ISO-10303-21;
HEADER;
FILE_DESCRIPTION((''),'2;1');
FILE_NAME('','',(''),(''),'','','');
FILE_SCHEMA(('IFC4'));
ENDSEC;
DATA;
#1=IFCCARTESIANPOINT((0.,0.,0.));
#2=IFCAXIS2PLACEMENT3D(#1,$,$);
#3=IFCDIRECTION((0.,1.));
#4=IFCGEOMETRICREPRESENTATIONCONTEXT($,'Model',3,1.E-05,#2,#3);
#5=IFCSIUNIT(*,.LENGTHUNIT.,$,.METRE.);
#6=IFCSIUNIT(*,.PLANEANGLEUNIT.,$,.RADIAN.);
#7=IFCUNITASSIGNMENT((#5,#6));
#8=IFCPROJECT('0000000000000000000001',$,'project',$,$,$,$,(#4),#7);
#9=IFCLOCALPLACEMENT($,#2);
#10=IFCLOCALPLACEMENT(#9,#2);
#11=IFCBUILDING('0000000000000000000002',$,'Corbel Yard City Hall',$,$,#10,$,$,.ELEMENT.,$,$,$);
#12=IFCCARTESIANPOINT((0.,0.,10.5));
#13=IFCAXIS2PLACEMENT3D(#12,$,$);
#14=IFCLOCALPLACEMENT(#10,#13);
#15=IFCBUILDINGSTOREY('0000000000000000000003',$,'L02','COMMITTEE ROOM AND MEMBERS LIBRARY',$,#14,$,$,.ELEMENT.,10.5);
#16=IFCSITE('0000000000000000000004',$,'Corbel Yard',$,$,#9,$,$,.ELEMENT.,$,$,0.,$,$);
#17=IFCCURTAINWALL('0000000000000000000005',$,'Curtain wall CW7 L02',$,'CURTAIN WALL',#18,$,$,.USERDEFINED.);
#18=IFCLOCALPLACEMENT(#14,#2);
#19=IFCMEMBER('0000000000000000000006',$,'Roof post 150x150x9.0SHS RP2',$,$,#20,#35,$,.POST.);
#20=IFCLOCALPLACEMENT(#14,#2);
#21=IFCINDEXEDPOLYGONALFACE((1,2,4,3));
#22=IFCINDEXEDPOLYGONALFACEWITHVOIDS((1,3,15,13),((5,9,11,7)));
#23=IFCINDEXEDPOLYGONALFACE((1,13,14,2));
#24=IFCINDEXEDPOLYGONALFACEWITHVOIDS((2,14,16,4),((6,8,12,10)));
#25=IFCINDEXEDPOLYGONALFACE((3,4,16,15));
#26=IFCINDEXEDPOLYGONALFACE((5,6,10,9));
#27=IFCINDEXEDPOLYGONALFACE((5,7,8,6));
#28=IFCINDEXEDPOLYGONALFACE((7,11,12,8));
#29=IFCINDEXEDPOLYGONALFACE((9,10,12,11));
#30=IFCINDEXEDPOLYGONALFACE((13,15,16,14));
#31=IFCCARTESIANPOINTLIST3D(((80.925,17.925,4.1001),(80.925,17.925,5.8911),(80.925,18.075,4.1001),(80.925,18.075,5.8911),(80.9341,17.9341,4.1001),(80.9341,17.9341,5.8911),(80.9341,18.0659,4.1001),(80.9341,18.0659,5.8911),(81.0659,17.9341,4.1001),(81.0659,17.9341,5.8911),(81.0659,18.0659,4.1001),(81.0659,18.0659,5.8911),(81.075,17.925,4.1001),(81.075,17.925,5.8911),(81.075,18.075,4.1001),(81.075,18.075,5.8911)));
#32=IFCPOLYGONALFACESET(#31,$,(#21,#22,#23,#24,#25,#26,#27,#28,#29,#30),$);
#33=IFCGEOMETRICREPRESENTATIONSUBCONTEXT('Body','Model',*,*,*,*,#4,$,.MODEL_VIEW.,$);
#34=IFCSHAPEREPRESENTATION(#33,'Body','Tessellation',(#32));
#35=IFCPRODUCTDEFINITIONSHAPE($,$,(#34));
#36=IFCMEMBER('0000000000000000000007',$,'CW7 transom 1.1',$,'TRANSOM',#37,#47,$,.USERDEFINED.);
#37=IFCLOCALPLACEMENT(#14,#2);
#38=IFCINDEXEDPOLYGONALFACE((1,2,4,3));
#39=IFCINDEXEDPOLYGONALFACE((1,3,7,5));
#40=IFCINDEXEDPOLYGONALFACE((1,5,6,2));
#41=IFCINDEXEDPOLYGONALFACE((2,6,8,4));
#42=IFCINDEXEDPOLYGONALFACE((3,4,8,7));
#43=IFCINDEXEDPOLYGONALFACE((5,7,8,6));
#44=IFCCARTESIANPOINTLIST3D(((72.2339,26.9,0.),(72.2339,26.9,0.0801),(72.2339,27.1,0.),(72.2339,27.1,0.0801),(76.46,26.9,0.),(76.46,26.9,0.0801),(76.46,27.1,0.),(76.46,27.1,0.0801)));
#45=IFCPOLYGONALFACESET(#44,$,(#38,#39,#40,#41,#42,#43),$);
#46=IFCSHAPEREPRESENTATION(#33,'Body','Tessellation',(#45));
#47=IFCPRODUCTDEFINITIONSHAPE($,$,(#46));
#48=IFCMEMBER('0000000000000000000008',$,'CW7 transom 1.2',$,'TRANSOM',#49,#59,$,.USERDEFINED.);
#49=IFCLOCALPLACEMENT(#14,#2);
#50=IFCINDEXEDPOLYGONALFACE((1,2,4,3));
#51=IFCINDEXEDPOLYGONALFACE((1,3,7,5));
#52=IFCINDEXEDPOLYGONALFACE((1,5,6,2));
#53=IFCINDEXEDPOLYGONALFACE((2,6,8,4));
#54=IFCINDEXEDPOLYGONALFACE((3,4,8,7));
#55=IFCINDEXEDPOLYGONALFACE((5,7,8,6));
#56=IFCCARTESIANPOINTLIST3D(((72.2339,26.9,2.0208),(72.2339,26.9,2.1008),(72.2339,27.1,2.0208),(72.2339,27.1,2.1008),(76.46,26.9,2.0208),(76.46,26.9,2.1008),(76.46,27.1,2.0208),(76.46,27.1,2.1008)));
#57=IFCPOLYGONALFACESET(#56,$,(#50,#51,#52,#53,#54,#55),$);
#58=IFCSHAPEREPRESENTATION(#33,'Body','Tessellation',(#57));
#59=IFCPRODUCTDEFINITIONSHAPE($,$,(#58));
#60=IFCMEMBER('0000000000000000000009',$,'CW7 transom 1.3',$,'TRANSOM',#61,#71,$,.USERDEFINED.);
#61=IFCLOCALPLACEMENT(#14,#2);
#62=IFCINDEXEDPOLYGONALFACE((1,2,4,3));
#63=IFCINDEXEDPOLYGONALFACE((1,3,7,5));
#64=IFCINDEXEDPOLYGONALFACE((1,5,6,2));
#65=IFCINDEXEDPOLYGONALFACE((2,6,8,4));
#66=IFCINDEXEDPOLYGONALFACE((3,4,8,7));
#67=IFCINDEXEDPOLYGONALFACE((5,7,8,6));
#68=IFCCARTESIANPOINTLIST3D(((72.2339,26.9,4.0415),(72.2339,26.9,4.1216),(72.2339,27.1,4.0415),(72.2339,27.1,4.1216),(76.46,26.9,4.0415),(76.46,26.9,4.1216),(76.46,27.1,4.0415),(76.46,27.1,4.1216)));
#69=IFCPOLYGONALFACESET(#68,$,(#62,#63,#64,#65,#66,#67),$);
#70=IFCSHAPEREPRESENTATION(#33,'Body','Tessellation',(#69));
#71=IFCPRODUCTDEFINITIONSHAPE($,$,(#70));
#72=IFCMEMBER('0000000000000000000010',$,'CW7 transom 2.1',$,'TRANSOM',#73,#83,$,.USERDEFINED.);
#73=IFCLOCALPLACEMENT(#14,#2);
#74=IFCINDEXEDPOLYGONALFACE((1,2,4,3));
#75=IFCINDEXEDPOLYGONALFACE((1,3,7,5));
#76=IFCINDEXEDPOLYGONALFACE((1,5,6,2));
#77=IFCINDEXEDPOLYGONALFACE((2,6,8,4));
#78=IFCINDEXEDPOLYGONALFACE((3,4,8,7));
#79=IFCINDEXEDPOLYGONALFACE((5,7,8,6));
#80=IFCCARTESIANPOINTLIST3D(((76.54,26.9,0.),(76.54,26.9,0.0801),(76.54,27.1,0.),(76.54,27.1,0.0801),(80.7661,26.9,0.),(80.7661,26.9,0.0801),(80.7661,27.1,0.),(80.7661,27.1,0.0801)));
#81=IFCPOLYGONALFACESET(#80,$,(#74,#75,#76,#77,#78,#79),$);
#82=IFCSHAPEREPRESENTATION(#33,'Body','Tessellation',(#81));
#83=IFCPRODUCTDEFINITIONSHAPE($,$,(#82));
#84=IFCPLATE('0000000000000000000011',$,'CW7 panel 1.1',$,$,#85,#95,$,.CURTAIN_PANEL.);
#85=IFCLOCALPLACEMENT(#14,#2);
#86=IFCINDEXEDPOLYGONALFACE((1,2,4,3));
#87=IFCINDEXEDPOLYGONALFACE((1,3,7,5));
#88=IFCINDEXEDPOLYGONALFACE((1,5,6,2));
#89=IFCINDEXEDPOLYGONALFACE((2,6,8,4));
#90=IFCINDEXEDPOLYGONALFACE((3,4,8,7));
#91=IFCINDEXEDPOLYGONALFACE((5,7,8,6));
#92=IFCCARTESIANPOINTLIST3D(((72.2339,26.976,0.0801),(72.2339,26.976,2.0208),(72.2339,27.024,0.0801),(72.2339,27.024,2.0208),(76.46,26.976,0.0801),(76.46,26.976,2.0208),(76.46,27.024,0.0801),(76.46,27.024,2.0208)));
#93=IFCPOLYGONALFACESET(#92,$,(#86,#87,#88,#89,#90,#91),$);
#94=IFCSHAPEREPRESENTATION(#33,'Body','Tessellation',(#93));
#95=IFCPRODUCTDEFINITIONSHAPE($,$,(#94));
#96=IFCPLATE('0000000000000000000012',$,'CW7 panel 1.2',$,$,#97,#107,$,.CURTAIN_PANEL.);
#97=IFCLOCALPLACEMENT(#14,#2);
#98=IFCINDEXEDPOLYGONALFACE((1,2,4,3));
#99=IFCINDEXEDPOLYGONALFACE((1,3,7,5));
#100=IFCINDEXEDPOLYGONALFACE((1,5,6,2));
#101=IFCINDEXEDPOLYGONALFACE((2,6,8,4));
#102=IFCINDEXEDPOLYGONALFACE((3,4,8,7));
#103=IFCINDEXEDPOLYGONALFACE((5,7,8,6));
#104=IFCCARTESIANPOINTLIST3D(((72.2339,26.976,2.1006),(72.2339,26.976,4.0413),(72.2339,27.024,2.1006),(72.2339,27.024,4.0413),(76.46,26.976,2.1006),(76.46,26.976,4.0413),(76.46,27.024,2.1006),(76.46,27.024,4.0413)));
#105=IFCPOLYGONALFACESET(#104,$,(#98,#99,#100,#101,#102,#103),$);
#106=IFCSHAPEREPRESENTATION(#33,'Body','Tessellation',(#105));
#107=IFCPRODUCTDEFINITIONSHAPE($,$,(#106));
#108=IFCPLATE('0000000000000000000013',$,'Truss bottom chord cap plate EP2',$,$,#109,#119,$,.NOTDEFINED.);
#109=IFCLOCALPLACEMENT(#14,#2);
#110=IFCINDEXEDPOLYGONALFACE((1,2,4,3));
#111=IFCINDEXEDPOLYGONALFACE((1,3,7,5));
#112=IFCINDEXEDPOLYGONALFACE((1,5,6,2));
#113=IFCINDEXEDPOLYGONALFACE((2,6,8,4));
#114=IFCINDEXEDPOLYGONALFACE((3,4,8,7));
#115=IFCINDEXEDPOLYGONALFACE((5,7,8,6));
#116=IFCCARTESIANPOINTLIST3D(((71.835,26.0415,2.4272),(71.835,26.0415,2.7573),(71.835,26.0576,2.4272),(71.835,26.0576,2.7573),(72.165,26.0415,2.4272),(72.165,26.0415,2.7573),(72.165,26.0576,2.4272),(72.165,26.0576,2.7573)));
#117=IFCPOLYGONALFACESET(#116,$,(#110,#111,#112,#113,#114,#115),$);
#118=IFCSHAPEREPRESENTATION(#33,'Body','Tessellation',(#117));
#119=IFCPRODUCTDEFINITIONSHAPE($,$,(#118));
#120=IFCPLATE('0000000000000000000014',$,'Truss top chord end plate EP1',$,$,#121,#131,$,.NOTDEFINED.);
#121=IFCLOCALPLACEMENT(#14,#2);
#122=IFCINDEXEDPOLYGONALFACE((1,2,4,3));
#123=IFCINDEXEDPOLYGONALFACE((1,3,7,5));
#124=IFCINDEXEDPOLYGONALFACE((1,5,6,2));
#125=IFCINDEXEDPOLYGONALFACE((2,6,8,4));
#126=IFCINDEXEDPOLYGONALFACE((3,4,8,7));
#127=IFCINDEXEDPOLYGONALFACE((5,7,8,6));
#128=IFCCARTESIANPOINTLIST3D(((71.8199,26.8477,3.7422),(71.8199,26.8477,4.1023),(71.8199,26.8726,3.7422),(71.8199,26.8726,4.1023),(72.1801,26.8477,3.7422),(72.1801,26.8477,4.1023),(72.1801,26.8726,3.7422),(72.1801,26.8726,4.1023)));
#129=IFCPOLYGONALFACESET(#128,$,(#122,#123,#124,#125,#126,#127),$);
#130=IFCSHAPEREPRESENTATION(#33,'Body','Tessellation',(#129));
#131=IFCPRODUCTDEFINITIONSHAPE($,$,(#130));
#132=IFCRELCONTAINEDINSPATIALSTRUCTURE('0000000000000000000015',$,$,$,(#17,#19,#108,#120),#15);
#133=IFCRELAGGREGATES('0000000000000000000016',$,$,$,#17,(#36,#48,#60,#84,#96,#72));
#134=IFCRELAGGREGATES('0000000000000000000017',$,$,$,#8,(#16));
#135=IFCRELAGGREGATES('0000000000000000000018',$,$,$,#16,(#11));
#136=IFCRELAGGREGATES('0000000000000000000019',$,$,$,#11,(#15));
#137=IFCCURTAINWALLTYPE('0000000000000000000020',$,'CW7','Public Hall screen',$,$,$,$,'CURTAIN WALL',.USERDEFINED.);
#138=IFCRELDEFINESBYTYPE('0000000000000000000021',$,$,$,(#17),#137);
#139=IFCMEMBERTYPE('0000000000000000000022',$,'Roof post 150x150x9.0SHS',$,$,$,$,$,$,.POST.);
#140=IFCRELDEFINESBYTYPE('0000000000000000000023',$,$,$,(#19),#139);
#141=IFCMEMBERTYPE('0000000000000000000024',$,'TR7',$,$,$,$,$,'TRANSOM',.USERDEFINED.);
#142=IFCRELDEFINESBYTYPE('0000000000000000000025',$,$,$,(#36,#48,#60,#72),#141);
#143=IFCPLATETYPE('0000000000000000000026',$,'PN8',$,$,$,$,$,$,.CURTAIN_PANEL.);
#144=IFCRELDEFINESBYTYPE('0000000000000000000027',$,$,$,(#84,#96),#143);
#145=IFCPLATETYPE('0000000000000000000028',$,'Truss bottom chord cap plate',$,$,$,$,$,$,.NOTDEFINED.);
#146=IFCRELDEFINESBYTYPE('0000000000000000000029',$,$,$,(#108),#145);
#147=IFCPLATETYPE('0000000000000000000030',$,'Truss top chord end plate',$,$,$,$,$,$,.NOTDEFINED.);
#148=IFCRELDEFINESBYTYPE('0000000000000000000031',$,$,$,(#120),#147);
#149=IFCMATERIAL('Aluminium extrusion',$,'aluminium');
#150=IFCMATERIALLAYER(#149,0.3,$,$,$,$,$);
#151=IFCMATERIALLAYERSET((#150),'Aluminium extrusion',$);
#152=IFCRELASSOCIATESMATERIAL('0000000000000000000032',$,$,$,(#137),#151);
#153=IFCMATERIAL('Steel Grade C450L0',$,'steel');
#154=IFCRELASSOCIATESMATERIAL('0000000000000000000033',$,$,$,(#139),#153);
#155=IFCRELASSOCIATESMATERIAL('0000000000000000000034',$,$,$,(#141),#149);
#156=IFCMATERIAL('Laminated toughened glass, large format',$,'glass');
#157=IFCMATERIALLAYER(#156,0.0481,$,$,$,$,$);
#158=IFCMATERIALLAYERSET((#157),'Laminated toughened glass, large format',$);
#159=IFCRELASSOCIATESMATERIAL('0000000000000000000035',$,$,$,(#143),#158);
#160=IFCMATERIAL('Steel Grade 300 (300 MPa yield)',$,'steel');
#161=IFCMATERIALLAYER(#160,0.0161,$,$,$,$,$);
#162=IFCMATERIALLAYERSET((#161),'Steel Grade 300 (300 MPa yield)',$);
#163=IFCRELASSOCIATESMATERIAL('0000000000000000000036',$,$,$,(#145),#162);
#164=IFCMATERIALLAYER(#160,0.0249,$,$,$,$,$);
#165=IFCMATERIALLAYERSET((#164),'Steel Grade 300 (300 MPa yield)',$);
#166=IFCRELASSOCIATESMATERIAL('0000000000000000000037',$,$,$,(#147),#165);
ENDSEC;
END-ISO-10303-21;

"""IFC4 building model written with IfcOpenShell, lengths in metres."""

from ifc_helpers import new_model, si_unit, direction, frame, origin, origin_2d, place, context, subcontext, project, spatial, rectangle, hollow_rectangle, extrude, material, layer, layer_set, material_profile, profile_set, type_object, element, aggregate, save


model = new_model("IFC4")

# Units and contexts
model_context = context("Model", 3, precision=1e-05, world=origin(), true_north=direction((0.0, 1.0)))
body_context = subcontext(model_context, "Body", "Model", "MODEL_VIEW")
ifc_project = project(units=[si_unit("LENGTHUNIT", "METRE"), si_unit("PLANEANGLEUNIT", "RADIAN")], contexts=[model_context])

# Site, building, storey
site_placement = place(None, origin())
site = spatial("IfcSite", under=ifc_project, at=site_placement, Name="Corbel Yard", CompositionType="ELEMENT", RefElevation=0.0)
building_placement = place(site_placement, origin())
building = spatial("IfcBuilding", under=site, at=building_placement, Name="Corbel Yard City Hall", CompositionType="ELEMENT")
storey_placement = place(building_placement, frame((0.0, 0.0, 10.5)))
storey = spatial("IfcBuildingStorey", under=building, at=storey_placement, Name="L02", Description="COMMITTEE ROOM AND MEMBERS LIBRARY", CompositionType="ELEMENT", Elevation=10.5)

# Shared definitions
ifc_material_1 = material(Name="Steel Grade 300 (300 MPa yield)", Category="steel")

# Curtain wall
ifc_material_2 = material(Name="Aluminium extrusion", Category="aluminium")
ifc_layer_1 = layer(ifc_material_2, 0.3)
ifc_layer_set_1 = layer_set([ifc_layer_1], Name="Aluminium extrusion")
curtain_wall_type = type_object("IfcCurtainWallType", Name="CW7", Description="Public Hall screen", ElementType="CURTAIN WALL", PredefinedType="USERDEFINED", material=ifc_layer_set_1)
curtain_wall_placement = place(storey_placement, origin())
curtain_wall = element("IfcCurtainWall", 1, at=curtain_wall_placement, inside=storey, type_object=curtain_wall_type, Name="Curtain wall CW7 L02", ObjectType="CURTAIN WALL", PredefinedType="USERDEFINED")

# Member
ifc_material_3 = material(Name="Steel Grade C450L0", Category="steel")
ifc_material_profile_1 = material_profile(ifc_material_3, hollow_rectangle(XDim=0.1499, YDim=0.1499, WallThickness=0.009, at=origin_2d()), Name="150x150x9.0SHS")
ifc_profile_set_1 = profile_set([ifc_material_profile_1], Name="Steel Grade C450L0")
member_type_1 = type_object("IfcMemberType", Name="Roof post 150x150x9.0SHS", PredefinedType="POST", material=ifc_profile_set_1)
member_1_placement = place(storey_placement, frame((81.0, 18.0, 4.1001), z_axis=(0.0, 0.0, 1.0), x_axis=(1.0, 0.0, 0.0)))
element("IfcMember", 2, at=member_1_placement, inside=storey, type_object=member_type_1, Name="Roof post 150x150x9.0SHS RP2", PredefinedType="POST", context=body_context, shape_type="SweptSolid", body=[
    extrude(hollow_rectangle(XDim=0.1499, YDim=0.1499, WallThickness=0.009, at=origin_2d()), origin(), (0.0, 0.0, 1.0), 1.791),
])

# Members
ifc_material_profile_2 = material_profile(ifc_material_2, rectangle(XDim=0.2, YDim=0.0801, at=origin_2d()), Name="200x80")
ifc_profile_set_2 = profile_set([ifc_material_profile_2], Name="Aluminium extrusion")
member_type_2 = type_object("IfcMemberType", Name="TR7", ElementType="TRANSOM", PredefinedType="USERDEFINED", material=ifc_profile_set_2)
member_2_placement = place(storey_placement, frame((72.2339, 27.0, 0.04), z_axis=(1.0, 0.0, 0.0), x_axis=(0.0, 1.0, 0.0)))
member_2 = element("IfcMember", 3, at=member_2_placement, type_object=member_type_2, Name="CW7 transom 1.1", ObjectType="TRANSOM", PredefinedType="USERDEFINED", context=body_context, shape_type="SweptSolid", body=[
    extrude(rectangle(XDim=0.2, YDim=0.0801, at=origin_2d()), origin(), (0.0, 0.0, 1.0), 4.2261),
])
member_3_placement = place(storey_placement, frame((72.2339, 27.0, 2.0608), z_axis=(1.0, 0.0, 0.0), x_axis=(0.0, 1.0, 0.0)))
member_3 = element("IfcMember", 4, at=member_3_placement, type_object=member_type_2, Name="CW7 transom 1.2", ObjectType="TRANSOM", PredefinedType="USERDEFINED", context=body_context, shape_type="SweptSolid", body=[
    extrude(rectangle(XDim=0.2, YDim=0.0801, at=origin_2d()), origin(), (0.0, 0.0, 1.0), 4.2261),
])
member_4_placement = place(storey_placement, frame((72.2339, 27.0, 4.0815), z_axis=(1.0, 0.0, 0.0), x_axis=(0.0, 1.0, 0.0)))
member_4 = element("IfcMember", 5, at=member_4_placement, type_object=member_type_2, Name="CW7 transom 1.3", ObjectType="TRANSOM", PredefinedType="USERDEFINED", context=body_context, shape_type="SweptSolid", body=[
    extrude(rectangle(XDim=0.2, YDim=0.0801, at=origin_2d()), origin(), (0.0, 0.0, 1.0), 4.2261),
])
member_5_placement = place(storey_placement, frame((76.54, 27.0, 0.04), z_axis=(1.0, 0.0, 0.0), x_axis=(0.0, 1.0, 0.0)))
member_5 = element("IfcMember", 6, at=member_5_placement, type_object=member_type_2, Name="CW7 transom 2.1", ObjectType="TRANSOM", PredefinedType="USERDEFINED", context=body_context, shape_type="SweptSolid", body=[
    extrude(rectangle(XDim=0.2, YDim=0.0801, at=origin_2d()), origin(), (0.0, 0.0, 1.0), 4.2261),
])

# Plates
ifc_material_4 = material(Name="Laminated toughened glass, large format", Category="glass")
ifc_layer_2 = layer(ifc_material_4, 0.0481)
ifc_layer_set_2 = layer_set([ifc_layer_2], Name="Laminated toughened glass, large format")
plate_type_1 = type_object("IfcPlateType", Name="PN8", PredefinedType="CURTAIN_PANEL", material=ifc_layer_set_2)
plate_1_placement = place(storey_placement, frame((74.3469, 27.0, 0.0801), z_axis=(0.0, 0.0, 1.0), x_axis=(1.0, 0.0, 0.0)))
plate_1 = element("IfcPlate", 7, at=plate_1_placement, type_object=plate_type_1, Name="CW7 panel 1.1", PredefinedType="CURTAIN_PANEL", context=body_context, shape_type="SweptSolid", body=[
    extrude(rectangle(XDim=4.2261, YDim=0.0481, at=origin_2d()), origin(), (0.0, 0.0, 1.0), 1.9407),
])
plate_2_placement = place(storey_placement, frame((74.3469, 27.0, 2.1006), z_axis=(0.0, 0.0, 1.0), x_axis=(1.0, 0.0, 0.0)))
plate_2 = element("IfcPlate", 8, at=plate_2_placement, type_object=plate_type_1, Name="CW7 panel 1.2", PredefinedType="CURTAIN_PANEL", context=body_context, shape_type="SweptSolid", body=[
    extrude(rectangle(XDim=4.2261, YDim=0.0481, at=origin_2d()), origin(), (0.0, 0.0, 1.0), 1.9407),
])
aggregate(curtain_wall, [member_2, member_3, member_4, plate_1, plate_2, member_5])

# Plates
ifc_layer_3 = layer(ifc_material_1, 0.0161)
ifc_layer_set_3 = layer_set([ifc_layer_3], Name="Steel Grade 300 (300 MPa yield)")
plate_type_2 = type_object("IfcPlateType", Name="Truss bottom chord cap plate", PredefinedType="NOTDEFINED", material=ifc_layer_set_3)
plate_3_placement = place(storey_placement, frame((72.0, 26.0496, 2.4272), z_axis=(0.0, 0.0, 1.0), x_axis=(1.0, 0.0, 0.0)))
element("IfcPlate", 9, at=plate_3_placement, inside=storey, type_object=plate_type_2, Name="Truss bottom chord cap plate EP2", PredefinedType="NOTDEFINED", context=body_context, shape_type="SweptSolid", body=[
    extrude(rectangle(XDim=0.3301, YDim=0.0161, at=origin_2d()), origin(), (0.0, 0.0, 1.0), 0.3301),
])
ifc_layer_4 = layer(ifc_material_1, 0.0249)
ifc_layer_set_4 = layer_set([ifc_layer_4], Name="Steel Grade 300 (300 MPa yield)")
plate_type_3 = type_object("IfcPlateType", Name="Truss top chord end plate", PredefinedType="NOTDEFINED", material=ifc_layer_set_4)
plate_4_placement = place(storey_placement, frame((72.0, 26.8601, 3.7422), z_axis=(0.0, 0.0, 1.0), x_axis=(1.0, 0.0, 0.0)))
element("IfcPlate", 10, at=plate_4_placement, inside=storey, type_object=plate_type_3, Name="Truss top chord end plate EP1", PredefinedType="NOTDEFINED", context=body_context, shape_type="SweptSolid", body=[
    extrude(rectangle(XDim=0.3601, YDim=0.0249, at=origin_2d()), origin(), (0.0, 0.0, 1.0), 0.3601),
])

save(model, "model.ifc")
